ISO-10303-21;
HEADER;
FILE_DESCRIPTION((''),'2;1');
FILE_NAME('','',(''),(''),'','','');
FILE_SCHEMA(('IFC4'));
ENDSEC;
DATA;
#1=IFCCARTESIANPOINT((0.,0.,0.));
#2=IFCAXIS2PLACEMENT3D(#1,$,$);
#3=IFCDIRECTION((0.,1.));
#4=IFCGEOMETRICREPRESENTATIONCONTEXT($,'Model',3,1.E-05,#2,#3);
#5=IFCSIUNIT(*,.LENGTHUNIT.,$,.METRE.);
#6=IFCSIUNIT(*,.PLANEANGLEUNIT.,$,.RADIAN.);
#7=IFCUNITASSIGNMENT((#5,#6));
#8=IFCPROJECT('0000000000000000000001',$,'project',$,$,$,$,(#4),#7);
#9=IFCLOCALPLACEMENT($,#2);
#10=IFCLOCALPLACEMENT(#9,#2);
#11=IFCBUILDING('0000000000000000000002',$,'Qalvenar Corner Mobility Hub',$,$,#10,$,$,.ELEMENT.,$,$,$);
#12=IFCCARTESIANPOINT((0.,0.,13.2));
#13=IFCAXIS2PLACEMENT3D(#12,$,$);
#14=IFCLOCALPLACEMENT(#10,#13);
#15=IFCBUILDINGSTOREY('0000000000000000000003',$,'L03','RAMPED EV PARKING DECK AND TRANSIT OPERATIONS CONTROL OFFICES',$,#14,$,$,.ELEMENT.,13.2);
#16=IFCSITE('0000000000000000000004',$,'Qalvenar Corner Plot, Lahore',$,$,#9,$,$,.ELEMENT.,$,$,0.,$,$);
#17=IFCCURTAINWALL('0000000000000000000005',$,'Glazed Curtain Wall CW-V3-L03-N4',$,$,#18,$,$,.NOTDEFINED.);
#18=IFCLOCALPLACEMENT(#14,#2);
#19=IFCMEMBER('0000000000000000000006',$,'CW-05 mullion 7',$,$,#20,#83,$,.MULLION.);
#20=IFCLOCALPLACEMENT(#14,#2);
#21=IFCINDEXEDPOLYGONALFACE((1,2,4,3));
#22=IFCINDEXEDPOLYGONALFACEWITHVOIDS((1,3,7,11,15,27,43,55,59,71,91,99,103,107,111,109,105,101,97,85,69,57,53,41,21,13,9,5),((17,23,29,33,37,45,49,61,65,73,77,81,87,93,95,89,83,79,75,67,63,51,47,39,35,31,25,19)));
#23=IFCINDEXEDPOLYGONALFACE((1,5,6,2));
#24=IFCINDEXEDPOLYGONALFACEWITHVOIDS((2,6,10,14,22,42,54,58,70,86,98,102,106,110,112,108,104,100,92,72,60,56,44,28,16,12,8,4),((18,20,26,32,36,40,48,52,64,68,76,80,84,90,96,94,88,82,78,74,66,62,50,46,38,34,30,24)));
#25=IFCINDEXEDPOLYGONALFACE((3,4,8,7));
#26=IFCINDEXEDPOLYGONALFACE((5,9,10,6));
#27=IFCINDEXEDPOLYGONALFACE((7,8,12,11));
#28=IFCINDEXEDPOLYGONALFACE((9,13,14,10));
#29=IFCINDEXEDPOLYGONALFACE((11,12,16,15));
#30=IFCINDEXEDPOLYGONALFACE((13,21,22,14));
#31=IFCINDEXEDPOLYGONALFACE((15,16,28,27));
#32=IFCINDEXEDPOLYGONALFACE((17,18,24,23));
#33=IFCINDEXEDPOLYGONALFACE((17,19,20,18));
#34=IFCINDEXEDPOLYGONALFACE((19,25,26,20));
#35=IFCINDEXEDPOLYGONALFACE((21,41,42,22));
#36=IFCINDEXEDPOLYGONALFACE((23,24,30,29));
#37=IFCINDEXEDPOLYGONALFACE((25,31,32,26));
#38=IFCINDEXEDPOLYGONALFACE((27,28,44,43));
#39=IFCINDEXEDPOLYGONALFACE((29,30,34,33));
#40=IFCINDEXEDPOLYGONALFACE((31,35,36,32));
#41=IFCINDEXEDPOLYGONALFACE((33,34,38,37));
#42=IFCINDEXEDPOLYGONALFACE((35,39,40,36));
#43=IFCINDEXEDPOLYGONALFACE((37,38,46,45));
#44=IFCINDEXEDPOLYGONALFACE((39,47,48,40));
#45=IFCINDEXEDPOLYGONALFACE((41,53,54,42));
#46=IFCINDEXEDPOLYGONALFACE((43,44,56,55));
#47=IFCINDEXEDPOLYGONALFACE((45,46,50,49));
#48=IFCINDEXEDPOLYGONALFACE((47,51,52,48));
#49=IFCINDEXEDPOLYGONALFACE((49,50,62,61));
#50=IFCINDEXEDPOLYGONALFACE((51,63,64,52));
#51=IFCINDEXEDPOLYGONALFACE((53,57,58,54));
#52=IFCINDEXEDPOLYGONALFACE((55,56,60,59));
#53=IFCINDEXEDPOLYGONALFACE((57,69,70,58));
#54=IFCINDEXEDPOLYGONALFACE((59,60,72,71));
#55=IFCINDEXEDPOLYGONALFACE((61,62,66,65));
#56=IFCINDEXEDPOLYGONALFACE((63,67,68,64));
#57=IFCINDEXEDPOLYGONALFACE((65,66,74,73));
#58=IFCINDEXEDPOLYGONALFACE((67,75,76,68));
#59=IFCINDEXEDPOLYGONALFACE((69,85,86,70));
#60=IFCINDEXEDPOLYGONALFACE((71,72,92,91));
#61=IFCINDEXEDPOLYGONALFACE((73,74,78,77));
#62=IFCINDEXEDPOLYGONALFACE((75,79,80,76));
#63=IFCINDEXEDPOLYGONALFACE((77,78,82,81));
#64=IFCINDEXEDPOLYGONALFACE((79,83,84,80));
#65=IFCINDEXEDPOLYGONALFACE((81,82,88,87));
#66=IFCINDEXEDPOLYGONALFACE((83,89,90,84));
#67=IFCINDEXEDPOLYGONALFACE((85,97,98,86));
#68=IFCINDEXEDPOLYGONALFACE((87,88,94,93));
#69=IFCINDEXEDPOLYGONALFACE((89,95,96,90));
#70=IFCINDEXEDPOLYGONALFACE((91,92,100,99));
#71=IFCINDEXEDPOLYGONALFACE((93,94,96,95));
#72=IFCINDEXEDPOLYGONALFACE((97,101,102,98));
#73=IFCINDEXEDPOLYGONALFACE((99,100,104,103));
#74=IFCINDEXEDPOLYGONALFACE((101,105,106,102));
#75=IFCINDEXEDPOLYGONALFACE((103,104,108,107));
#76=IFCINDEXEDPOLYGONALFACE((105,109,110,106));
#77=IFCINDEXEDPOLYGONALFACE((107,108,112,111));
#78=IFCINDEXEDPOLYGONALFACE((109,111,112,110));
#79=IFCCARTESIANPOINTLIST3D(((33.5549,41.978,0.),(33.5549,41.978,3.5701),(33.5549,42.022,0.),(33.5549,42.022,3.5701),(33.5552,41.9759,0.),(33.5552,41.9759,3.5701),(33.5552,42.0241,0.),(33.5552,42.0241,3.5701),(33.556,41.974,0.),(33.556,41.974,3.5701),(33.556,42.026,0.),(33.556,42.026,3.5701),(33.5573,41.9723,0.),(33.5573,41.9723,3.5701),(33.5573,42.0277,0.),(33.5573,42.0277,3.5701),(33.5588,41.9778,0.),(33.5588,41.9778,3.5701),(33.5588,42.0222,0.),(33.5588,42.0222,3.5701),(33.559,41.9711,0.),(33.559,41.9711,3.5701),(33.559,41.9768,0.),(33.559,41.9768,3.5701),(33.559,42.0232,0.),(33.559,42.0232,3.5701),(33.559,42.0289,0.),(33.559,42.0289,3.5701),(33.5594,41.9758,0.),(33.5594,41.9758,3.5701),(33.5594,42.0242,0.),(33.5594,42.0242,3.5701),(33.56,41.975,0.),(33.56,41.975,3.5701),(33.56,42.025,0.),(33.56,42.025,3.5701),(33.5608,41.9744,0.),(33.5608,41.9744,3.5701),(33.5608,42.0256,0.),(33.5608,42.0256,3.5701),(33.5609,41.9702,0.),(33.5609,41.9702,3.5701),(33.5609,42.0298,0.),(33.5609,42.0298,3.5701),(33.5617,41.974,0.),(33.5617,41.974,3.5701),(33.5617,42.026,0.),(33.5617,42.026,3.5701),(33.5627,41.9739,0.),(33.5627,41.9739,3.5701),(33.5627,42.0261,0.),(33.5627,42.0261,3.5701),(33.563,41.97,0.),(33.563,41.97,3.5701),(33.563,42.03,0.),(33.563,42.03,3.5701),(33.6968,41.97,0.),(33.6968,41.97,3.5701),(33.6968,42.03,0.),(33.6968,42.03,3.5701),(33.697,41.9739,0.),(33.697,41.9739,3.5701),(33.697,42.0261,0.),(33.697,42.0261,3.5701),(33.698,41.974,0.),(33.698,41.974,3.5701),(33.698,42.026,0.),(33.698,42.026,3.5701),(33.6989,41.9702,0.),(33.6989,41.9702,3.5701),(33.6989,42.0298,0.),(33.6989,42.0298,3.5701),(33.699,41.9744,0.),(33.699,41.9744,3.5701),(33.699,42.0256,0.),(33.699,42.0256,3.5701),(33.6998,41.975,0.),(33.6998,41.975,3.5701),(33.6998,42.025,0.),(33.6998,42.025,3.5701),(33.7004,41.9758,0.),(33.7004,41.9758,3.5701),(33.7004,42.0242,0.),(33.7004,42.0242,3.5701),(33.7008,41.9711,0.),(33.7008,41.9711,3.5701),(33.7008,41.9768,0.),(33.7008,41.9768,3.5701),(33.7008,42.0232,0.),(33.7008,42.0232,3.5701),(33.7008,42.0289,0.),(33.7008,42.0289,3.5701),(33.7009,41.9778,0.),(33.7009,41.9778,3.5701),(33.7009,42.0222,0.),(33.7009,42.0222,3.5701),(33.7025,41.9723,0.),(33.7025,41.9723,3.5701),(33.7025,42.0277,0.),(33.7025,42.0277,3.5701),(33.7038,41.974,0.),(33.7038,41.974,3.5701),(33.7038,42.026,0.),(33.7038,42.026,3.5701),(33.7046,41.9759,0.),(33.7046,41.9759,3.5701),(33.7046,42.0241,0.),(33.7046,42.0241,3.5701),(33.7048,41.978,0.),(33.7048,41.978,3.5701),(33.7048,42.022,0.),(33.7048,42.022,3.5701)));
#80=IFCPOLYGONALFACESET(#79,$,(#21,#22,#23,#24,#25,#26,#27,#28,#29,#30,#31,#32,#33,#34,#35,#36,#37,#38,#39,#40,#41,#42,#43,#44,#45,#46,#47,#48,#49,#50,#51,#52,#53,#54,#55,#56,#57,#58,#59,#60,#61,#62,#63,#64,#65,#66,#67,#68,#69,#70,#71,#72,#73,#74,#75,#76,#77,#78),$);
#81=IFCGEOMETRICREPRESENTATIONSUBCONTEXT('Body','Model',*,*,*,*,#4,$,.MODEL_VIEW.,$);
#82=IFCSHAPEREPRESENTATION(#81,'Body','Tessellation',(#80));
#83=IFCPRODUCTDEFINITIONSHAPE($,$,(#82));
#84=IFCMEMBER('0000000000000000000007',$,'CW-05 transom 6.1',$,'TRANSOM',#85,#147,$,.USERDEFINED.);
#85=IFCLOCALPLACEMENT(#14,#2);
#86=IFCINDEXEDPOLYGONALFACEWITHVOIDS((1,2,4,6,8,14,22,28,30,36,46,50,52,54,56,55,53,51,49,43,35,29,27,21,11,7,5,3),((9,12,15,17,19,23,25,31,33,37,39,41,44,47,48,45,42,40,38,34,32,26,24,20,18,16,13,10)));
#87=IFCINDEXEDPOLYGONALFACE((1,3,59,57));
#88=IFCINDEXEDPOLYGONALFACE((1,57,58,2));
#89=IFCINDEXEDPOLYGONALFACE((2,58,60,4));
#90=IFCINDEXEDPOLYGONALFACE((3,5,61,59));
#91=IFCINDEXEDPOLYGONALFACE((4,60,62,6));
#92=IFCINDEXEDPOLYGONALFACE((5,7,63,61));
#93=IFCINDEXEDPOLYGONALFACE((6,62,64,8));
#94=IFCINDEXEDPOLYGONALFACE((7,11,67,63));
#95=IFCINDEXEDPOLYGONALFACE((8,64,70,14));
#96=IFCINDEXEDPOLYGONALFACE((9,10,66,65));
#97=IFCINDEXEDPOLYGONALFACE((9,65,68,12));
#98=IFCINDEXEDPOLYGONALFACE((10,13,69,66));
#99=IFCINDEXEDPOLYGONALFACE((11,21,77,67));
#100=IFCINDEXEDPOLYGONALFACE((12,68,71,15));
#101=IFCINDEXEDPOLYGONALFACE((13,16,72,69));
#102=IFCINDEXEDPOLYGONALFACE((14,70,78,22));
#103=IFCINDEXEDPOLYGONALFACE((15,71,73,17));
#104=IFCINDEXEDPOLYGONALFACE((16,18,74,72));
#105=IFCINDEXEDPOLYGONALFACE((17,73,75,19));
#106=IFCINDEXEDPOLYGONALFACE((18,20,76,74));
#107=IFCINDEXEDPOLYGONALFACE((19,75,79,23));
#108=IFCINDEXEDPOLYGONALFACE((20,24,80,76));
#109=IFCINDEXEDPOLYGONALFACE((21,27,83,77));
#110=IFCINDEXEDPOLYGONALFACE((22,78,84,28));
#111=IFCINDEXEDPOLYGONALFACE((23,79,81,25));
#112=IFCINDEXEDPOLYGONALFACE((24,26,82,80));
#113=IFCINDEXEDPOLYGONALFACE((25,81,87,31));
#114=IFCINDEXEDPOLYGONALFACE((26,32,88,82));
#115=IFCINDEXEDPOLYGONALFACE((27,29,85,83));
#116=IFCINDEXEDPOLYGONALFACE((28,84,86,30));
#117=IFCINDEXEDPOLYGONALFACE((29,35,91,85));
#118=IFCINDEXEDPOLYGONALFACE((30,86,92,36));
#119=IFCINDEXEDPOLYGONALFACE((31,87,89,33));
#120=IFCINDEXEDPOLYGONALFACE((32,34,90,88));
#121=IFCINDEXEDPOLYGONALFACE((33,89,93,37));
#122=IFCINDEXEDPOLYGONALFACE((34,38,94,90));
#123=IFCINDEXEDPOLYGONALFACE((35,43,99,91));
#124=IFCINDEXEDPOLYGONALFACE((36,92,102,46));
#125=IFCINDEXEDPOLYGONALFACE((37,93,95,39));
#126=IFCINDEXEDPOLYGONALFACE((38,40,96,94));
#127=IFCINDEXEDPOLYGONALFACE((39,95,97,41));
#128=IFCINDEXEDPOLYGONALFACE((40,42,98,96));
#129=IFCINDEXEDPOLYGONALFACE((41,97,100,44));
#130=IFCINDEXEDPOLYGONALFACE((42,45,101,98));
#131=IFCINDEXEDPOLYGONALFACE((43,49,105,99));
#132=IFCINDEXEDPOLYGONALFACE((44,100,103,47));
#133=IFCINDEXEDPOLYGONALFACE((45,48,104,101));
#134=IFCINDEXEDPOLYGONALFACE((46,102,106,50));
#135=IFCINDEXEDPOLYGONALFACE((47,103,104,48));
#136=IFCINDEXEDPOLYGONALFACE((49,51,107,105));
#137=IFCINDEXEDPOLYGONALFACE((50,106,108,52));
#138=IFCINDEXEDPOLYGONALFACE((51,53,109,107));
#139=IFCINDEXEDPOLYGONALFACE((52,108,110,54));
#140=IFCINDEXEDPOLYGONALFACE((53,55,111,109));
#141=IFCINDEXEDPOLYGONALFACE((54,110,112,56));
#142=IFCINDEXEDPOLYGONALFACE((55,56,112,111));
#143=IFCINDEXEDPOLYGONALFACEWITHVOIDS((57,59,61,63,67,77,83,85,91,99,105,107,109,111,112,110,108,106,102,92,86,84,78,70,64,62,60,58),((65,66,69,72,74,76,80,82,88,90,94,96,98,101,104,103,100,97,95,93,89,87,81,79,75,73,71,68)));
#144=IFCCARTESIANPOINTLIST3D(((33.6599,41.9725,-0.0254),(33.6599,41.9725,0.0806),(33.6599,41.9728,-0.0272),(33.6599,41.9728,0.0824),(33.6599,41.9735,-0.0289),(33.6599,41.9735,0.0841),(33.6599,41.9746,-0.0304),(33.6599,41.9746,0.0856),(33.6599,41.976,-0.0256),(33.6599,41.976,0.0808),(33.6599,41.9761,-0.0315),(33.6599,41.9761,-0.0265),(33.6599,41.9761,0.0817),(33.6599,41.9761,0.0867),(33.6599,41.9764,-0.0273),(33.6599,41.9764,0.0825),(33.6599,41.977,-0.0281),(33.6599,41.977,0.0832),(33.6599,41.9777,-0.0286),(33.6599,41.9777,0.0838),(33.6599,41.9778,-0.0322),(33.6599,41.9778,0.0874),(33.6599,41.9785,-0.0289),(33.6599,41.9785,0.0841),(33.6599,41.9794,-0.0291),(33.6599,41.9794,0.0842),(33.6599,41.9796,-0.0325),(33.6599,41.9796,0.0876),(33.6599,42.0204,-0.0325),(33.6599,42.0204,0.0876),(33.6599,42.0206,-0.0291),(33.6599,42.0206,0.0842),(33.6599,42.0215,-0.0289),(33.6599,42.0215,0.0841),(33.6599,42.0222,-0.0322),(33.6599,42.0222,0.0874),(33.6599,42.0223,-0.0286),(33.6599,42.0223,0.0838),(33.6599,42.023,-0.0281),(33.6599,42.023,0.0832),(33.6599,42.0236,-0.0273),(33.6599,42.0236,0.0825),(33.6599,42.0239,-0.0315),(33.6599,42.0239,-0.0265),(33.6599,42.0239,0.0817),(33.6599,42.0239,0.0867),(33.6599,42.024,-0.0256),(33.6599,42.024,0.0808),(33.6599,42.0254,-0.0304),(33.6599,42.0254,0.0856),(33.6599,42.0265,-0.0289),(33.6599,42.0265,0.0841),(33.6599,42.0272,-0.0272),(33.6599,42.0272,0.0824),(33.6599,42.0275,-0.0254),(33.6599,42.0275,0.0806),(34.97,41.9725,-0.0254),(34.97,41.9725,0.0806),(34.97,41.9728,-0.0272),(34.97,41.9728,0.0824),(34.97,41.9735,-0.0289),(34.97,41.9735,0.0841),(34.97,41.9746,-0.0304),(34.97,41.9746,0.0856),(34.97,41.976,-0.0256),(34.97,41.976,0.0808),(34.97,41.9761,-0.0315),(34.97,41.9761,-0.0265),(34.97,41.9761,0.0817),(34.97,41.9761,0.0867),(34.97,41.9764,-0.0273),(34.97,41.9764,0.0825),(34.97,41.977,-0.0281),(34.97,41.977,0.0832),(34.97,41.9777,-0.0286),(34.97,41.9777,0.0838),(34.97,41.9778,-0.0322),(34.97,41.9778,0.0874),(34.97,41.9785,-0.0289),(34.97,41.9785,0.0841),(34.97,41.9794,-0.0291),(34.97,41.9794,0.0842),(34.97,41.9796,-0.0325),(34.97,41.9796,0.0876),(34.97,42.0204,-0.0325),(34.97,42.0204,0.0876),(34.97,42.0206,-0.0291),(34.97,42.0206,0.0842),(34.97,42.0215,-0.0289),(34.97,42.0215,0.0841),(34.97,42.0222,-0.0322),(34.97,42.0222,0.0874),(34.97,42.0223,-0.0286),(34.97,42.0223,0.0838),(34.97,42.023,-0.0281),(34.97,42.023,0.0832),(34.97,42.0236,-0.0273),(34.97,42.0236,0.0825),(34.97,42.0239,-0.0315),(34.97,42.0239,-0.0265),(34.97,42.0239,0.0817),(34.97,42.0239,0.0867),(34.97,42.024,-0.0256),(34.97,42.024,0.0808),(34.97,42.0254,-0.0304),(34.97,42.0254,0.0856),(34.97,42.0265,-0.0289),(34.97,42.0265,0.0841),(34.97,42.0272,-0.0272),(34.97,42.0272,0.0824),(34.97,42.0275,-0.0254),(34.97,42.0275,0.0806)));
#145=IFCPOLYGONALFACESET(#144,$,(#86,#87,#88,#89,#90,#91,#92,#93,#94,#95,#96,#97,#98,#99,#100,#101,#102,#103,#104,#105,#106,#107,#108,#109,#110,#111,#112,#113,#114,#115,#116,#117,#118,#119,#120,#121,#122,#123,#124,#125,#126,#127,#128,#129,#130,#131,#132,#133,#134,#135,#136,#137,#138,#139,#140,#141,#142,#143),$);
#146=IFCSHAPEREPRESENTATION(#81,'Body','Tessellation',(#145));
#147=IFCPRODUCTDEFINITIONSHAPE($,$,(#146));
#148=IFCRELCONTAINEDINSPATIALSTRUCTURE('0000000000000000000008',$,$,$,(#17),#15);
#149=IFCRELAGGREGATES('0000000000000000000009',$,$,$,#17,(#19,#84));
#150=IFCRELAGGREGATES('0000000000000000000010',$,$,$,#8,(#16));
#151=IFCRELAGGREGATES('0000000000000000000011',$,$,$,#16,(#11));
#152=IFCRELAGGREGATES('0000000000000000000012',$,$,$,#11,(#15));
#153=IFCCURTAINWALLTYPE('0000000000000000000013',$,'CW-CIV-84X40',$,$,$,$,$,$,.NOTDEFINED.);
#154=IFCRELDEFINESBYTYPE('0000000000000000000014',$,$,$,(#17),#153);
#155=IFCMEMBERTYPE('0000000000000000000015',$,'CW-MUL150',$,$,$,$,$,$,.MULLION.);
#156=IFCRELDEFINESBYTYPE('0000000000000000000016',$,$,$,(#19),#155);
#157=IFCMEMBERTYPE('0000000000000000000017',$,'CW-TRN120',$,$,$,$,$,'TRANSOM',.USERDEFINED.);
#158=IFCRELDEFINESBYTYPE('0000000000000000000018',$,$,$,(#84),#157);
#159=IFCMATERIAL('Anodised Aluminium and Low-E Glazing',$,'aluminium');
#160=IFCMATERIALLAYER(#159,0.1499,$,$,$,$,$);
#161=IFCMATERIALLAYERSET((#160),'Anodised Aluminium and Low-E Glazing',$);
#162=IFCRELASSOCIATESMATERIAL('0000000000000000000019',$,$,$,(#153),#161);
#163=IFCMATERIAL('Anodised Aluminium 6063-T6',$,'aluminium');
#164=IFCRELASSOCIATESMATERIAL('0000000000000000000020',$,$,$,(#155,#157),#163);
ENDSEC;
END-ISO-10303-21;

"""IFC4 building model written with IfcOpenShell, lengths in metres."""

from ifc_helpers import new_model, si_unit, direction, frame, origin, origin_2d, place, context, subcontext, project, spatial, hollow_rectangle, extrude, material, layer, layer_set, material_profile, profile_set, type_object, element, aggregate, save


model = new_model("IFC4")

# Units and contexts
model_context = context("Model", 3, precision=1e-05, world=origin(), true_north=direction((0.0, 1.0)))
body_context = subcontext(model_context, "Body", "Model", "MODEL_VIEW")
ifc_project = project(units=[si_unit("LENGTHUNIT", "METRE"), si_unit("PLANEANGLEUNIT", "RADIAN")], contexts=[model_context])

# Site, building, storey
site_placement = place(None, origin())
site = spatial("IfcSite", under=ifc_project, at=site_placement, Name="Qalvenar Corner Plot, Lahore", CompositionType="ELEMENT", RefElevation=0.0)
building_placement = place(site_placement, origin())
building = spatial("IfcBuilding", under=site, at=building_placement, Name="Qalvenar Corner Mobility Hub", CompositionType="ELEMENT")
storey_placement = place(building_placement, frame((0.0, 0.0, 13.2)))
storey = spatial("IfcBuildingStorey", under=building, at=storey_placement, Name="L03", Description="RAMPED EV PARKING DECK AND TRANSIT OPERATIONS CONTROL OFFICES", CompositionType="ELEMENT", Elevation=13.2)

# Curtain wall, members
ifc_material_1 = material(Name="Anodised Aluminium and Low-E Glazing", Category="aluminium")
ifc_layer_1 = layer(ifc_material_1, 0.1499)
ifc_layer_set_1 = layer_set([ifc_layer_1], Name="Anodised Aluminium and Low-E Glazing")
curtain_wall_type = type_object("IfcCurtainWallType", Name="CW-CIV-84X40", PredefinedType="NOTDEFINED", material=ifc_layer_set_1)
curtain_wall_placement = place(storey_placement, origin())
curtain_wall = element("IfcCurtainWall", 1, at=curtain_wall_placement, inside=storey, type_object=curtain_wall_type, Name="Glazed Curtain Wall CW-V3-L03-N4", PredefinedType="NOTDEFINED")
ifc_material_2 = material(Name="Anodised Aluminium 6063-T6", Category="aluminium")
ifc_material_profile_1 = material_profile(ifc_material_2, hollow_rectangle(XDim=0.0601, YDim=0.1499, WallThickness=0.0039, InnerFilletRadius=0.0039, OuterFilletRadius=0.0081, at=origin_2d()), Name="RHS150x60x4")
ifc_profile_set_1 = profile_set([ifc_material_profile_1], Name="Anodised Aluminium 6063-T6")
member_type_1 = type_object("IfcMemberType", Name="CW-MUL150", PredefinedType="MULLION", material=ifc_profile_set_1)
member_1_placement = place(storey_placement, frame((33.6299, 42.0, 0.0), z_axis=(0.0, 0.0, 1.0), x_axis=(0.0, -1.0, 0.0)))
member_1 = element("IfcMember", 2, at=member_1_placement, type_object=member_type_1, Name="CW-05 mullion 7", PredefinedType="MULLION", context=body_context, shape_type="SweptSolid", body=[
    extrude(hollow_rectangle(XDim=0.0601, YDim=0.1499, WallThickness=0.0039, InnerFilletRadius=0.0039, OuterFilletRadius=0.0081, at=origin_2d()), origin(), (0.0, 0.0, 1.0), 3.5701),
])
ifc_material_profile_2 = material_profile(ifc_material_2, hollow_rectangle(XDim=0.0549, YDim=0.1201, WallThickness=0.0034, InnerFilletRadius=0.0034, OuterFilletRadius=0.0071, at=origin_2d()), Name="RHS120x55x3.5")
ifc_profile_set_2 = profile_set([ifc_material_profile_2], Name="Anodised Aluminium 6063-T6")
member_type_2 = type_object("IfcMemberType", Name="CW-TRN120", ElementType="TRANSOM", PredefinedType="USERDEFINED", material=ifc_profile_set_2)
member_2_placement = place(storey_placement, frame((34.97, 42.0, 0.0276), z_axis=(-1.0, 0.0, 0.0), x_axis=(0.0, -1.0, 0.0)))
member_2 = element("IfcMember", 3, at=member_2_placement, type_object=member_type_2, Name="CW-05 transom 6.1", ObjectType="TRANSOM", PredefinedType="USERDEFINED", context=body_context, shape_type="SweptSolid", body=[
    extrude(hollow_rectangle(XDim=0.0549, YDim=0.1201, WallThickness=0.0034, InnerFilletRadius=0.0034, OuterFilletRadius=0.0071, at=origin_2d()), origin(), (0.0, 0.0, 1.0), 1.3101),
])
aggregate(curtain_wall, [member_1, member_2])

save(model, "model.ifc")
